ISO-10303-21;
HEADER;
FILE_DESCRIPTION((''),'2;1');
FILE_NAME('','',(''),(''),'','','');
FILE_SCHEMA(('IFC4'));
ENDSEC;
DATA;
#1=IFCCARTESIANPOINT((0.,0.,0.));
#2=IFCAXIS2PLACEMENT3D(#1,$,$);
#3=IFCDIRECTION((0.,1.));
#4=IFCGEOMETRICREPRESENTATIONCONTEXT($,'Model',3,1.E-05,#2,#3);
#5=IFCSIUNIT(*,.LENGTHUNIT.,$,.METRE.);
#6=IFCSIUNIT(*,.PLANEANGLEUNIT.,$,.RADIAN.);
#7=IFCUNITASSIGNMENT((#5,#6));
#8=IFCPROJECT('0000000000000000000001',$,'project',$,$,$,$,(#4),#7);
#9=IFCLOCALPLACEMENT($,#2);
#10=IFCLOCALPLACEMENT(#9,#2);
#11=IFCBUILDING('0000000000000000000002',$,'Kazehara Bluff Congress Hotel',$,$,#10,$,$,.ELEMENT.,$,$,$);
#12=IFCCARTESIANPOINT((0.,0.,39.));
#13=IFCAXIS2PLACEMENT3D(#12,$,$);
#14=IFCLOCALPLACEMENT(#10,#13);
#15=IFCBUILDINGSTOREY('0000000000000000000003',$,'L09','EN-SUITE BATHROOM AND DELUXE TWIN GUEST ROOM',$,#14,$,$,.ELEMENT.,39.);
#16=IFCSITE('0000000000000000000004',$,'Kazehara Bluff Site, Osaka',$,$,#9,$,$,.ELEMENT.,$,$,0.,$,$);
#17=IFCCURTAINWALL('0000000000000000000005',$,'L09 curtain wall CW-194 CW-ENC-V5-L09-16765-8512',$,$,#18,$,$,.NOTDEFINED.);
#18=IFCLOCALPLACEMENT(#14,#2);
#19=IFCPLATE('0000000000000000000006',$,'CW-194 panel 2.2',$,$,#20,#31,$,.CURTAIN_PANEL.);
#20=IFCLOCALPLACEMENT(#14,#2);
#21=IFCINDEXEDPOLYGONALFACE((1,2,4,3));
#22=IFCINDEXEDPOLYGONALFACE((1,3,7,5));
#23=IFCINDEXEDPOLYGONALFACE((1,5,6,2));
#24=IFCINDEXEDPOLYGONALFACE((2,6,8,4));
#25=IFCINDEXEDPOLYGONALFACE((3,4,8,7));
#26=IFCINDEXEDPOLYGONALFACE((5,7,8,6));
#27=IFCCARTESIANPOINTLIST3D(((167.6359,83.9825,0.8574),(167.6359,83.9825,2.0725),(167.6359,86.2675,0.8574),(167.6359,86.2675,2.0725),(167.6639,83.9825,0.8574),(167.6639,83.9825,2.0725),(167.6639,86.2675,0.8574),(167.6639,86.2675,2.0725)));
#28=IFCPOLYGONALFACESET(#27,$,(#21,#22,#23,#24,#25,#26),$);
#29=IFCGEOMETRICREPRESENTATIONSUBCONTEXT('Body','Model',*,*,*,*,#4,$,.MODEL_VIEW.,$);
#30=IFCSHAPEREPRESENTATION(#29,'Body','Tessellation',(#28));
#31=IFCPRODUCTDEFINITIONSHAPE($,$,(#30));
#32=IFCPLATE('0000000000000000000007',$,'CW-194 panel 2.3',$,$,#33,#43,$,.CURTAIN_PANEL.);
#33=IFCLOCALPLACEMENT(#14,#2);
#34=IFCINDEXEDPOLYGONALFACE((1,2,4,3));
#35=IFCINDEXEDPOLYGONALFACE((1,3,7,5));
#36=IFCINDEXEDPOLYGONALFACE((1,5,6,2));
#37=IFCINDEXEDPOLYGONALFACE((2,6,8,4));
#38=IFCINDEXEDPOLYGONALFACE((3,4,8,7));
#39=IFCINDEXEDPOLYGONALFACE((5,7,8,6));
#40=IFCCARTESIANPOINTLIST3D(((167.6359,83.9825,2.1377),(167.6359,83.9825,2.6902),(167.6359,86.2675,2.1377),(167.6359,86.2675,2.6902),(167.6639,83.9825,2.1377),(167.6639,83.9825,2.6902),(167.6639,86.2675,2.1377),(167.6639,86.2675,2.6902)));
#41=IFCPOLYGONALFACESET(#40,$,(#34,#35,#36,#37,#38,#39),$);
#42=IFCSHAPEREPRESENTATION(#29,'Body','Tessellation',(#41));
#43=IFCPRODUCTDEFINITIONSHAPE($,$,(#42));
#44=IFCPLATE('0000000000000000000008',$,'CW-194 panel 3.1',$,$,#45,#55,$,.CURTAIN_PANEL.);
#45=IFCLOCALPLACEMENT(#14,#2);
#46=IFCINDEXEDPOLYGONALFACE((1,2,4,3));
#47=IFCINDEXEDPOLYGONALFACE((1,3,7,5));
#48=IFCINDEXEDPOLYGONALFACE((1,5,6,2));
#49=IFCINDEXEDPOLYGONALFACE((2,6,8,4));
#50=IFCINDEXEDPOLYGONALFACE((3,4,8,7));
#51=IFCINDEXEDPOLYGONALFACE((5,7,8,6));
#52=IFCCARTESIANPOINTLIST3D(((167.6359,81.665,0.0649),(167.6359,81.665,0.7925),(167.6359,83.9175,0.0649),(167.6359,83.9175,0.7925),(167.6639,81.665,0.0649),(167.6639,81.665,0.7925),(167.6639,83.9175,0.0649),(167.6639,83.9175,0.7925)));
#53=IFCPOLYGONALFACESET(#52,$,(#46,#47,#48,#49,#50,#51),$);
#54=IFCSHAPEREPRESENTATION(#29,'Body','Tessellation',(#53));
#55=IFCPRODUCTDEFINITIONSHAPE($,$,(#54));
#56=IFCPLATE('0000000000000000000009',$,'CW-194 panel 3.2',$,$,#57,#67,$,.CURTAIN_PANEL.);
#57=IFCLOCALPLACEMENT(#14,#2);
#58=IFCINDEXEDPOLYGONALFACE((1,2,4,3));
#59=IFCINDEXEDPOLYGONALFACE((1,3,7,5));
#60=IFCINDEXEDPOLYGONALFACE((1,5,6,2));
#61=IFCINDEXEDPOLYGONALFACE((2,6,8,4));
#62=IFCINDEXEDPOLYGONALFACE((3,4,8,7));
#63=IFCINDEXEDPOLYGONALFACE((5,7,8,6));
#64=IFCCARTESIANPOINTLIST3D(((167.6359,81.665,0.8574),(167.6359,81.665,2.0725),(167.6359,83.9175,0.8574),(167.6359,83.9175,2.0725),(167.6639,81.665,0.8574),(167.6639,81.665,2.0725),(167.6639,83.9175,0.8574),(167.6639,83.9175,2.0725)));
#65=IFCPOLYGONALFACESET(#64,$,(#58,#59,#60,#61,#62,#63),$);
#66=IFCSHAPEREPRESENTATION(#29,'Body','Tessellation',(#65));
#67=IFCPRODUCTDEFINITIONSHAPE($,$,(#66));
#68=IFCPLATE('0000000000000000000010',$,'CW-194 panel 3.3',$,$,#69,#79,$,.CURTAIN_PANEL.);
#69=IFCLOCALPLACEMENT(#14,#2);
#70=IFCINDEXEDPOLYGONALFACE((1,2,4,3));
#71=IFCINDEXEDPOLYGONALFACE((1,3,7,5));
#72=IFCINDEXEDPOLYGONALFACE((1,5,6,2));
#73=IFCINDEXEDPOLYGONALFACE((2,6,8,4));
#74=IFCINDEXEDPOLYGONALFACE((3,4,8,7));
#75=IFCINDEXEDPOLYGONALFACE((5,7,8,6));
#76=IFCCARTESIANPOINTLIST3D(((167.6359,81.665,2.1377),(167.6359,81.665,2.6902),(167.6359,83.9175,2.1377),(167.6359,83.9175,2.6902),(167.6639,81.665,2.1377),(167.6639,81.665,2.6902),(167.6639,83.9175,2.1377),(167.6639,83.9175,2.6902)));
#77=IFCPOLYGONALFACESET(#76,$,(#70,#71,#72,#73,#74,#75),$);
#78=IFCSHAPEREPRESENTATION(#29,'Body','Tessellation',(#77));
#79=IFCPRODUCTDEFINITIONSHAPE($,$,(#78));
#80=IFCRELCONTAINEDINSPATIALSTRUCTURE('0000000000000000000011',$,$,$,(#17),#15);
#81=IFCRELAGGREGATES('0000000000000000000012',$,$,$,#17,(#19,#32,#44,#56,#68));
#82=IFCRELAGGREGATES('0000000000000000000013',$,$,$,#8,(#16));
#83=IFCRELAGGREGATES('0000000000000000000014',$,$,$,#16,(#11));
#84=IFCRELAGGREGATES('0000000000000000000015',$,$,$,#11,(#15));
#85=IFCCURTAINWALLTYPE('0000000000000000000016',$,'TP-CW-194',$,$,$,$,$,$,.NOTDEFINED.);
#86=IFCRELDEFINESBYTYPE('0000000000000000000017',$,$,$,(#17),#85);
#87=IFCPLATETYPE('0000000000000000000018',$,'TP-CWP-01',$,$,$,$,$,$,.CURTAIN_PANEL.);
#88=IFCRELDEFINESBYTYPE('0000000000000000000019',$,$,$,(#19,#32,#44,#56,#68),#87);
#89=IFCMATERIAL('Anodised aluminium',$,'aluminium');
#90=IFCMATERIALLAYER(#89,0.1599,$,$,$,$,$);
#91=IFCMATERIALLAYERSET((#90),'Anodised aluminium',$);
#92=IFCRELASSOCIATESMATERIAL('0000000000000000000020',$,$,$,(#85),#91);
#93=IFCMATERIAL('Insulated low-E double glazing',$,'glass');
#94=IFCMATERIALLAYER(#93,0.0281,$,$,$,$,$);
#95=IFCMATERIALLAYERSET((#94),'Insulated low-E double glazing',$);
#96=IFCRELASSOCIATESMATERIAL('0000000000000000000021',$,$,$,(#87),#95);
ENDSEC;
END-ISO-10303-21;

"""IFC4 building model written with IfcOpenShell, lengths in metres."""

from ifc_helpers import new_model, si_unit, direction, frame, origin, origin_2d, place, context, subcontext, project, spatial, rectangle, extrude, material, layer, layer_set, type_object, element, aggregate, save


model = new_model("IFC4")

# Units and contexts
model_context = context("Model", 3, precision=1e-05, world=origin(), true_north=direction((0.0, 1.0)))
body_context = subcontext(model_context, "Body", "Model", "MODEL_VIEW")
ifc_project = project(units=[si_unit("LENGTHUNIT", "METRE"), si_unit("PLANEANGLEUNIT", "RADIAN")], contexts=[model_context])

# Site, building, storey
site_placement = place(None, origin())
site = spatial("IfcSite", under=ifc_project, at=site_placement, Name="Kazehara Bluff Site, Osaka", CompositionType="ELEMENT", RefElevation=0.0)
building_placement = place(site_placement, origin())
building = spatial("IfcBuilding", under=site, at=building_placement, Name="Kazehara Bluff Congress Hotel", CompositionType="ELEMENT")
storey_placement = place(building_placement, frame((0.0, 0.0, 39.0)))
storey = spatial("IfcBuildingStorey", under=building, at=storey_placement, Name="L09", Description="EN-SUITE BATHROOM AND DELUXE TWIN GUEST ROOM", CompositionType="ELEMENT", Elevation=39.0)

# Curtain wall, plates
ifc_material_1 = material(Name="Anodised aluminium", Category="aluminium")
ifc_layer_1 = layer(ifc_material_1, 0.1599)
ifc_layer_set_1 = layer_set([ifc_layer_1], Name="Anodised aluminium")
curtain_wall_type = type_object("IfcCurtainWallType", Name="TP-CW-194", PredefinedType="NOTDEFINED", material=ifc_layer_set_1)
curtain_wall_placement = place(storey_placement, origin())
curtain_wall = element("IfcCurtainWall", 1, at=curtain_wall_placement, inside=storey, type_object=curtain_wall_type, Name="L09 curtain wall CW-194 CW-ENC-V5-L09-16765-8512", PredefinedType="NOTDEFINED")
ifc_material_2 = material(Name="Insulated low-E double glazing", Category="glass")
ifc_layer_2 = layer(ifc_material_2, 0.0281)
ifc_layer_set_2 = layer_set([ifc_layer_2], Name="Insulated low-E double glazing")
plate_type = type_object("IfcPlateType", Name="TP-CWP-01", PredefinedType="CURTAIN_PANEL", material=ifc_layer_set_2)
plate_1_placement = place(storey_placement, frame((167.6499, 85.125, 0.8574), z_axis=(0.0, 0.0, 1.0), x_axis=(0.0, -1.0, 0.0)))
plate_1 = element("IfcPlate", 2, at=plate_1_placement, type_object=plate_type, Name="CW-194 panel 2.2", PredefinedType="CURTAIN_PANEL", context=body_context, shape_type="SweptSolid", body=[
    extrude(rectangle(XDim=2.2849, YDim=0.0281, at=origin_2d()), origin(), (0.0, 0.0, 1.0), 1.2151),
])
plate_2_placement = place(storey_placement, frame((167.6499, 85.125, 2.1377), z_axis=(0.0, 0.0, 1.0), x_axis=(0.0, -1.0, 0.0)))
plate_2 = element("IfcPlate", 3, at=plate_2_placement, type_object=plate_type, Name="CW-194 panel 2.3", PredefinedType="CURTAIN_PANEL", context=body_context, shape_type="SweptSolid", body=[
    extrude(rectangle(XDim=2.2849, YDim=0.0281, at=origin_2d()), origin(), (0.0, 0.0, 1.0), 0.5525),
])
plate_3_placement = place(storey_placement, frame((167.6499, 82.7913, 0.0649), z_axis=(0.0, 0.0, 1.0), x_axis=(0.0, -1.0, 0.0)))
plate_3 = element("IfcPlate", 4, at=plate_3_placement, type_object=plate_type, Name="CW-194 panel 3.1", PredefinedType="CURTAIN_PANEL", context=body_context, shape_type="SweptSolid", body=[
    extrude(rectangle(XDim=2.2524, YDim=0.0281, at=origin_2d()), origin(), (0.0, 0.0, 1.0), 0.7275),
])
plate_4_placement = place(storey_placement, frame((167.6499, 82.7913, 0.8574), z_axis=(0.0, 0.0, 1.0), x_axis=(0.0, -1.0, 0.0)))
plate_4 = element("IfcPlate", 5, at=plate_4_placement, type_object=plate_type, Name="CW-194 panel 3.2", PredefinedType="CURTAIN_PANEL", context=body_context, shape_type="SweptSolid", body=[
    extrude(rectangle(XDim=2.2524, YDim=0.0281, at=origin_2d()), origin(), (0.0, 0.0, 1.0), 1.2151),
])
plate_5_placement = place(storey_placement, frame((167.6499, 82.7913, 2.1377), z_axis=(0.0, 0.0, 1.0), x_axis=(0.0, -1.0, 0.0)))
plate_5 = element("IfcPlate", 6, at=plate_5_placement, type_object=plate_type, Name="CW-194 panel 3.3", PredefinedType="CURTAIN_PANEL", context=body_context, shape_type="SweptSolid", body=[
    extrude(rectangle(XDim=2.2524, YDim=0.0281, at=origin_2d()), origin(), (0.0, 0.0, 1.0), 0.5525),
])
aggregate(curtain_wall, [plate_1, plate_2, plate_3, plate_4, plate_5])

save(model, "model.ifc")
